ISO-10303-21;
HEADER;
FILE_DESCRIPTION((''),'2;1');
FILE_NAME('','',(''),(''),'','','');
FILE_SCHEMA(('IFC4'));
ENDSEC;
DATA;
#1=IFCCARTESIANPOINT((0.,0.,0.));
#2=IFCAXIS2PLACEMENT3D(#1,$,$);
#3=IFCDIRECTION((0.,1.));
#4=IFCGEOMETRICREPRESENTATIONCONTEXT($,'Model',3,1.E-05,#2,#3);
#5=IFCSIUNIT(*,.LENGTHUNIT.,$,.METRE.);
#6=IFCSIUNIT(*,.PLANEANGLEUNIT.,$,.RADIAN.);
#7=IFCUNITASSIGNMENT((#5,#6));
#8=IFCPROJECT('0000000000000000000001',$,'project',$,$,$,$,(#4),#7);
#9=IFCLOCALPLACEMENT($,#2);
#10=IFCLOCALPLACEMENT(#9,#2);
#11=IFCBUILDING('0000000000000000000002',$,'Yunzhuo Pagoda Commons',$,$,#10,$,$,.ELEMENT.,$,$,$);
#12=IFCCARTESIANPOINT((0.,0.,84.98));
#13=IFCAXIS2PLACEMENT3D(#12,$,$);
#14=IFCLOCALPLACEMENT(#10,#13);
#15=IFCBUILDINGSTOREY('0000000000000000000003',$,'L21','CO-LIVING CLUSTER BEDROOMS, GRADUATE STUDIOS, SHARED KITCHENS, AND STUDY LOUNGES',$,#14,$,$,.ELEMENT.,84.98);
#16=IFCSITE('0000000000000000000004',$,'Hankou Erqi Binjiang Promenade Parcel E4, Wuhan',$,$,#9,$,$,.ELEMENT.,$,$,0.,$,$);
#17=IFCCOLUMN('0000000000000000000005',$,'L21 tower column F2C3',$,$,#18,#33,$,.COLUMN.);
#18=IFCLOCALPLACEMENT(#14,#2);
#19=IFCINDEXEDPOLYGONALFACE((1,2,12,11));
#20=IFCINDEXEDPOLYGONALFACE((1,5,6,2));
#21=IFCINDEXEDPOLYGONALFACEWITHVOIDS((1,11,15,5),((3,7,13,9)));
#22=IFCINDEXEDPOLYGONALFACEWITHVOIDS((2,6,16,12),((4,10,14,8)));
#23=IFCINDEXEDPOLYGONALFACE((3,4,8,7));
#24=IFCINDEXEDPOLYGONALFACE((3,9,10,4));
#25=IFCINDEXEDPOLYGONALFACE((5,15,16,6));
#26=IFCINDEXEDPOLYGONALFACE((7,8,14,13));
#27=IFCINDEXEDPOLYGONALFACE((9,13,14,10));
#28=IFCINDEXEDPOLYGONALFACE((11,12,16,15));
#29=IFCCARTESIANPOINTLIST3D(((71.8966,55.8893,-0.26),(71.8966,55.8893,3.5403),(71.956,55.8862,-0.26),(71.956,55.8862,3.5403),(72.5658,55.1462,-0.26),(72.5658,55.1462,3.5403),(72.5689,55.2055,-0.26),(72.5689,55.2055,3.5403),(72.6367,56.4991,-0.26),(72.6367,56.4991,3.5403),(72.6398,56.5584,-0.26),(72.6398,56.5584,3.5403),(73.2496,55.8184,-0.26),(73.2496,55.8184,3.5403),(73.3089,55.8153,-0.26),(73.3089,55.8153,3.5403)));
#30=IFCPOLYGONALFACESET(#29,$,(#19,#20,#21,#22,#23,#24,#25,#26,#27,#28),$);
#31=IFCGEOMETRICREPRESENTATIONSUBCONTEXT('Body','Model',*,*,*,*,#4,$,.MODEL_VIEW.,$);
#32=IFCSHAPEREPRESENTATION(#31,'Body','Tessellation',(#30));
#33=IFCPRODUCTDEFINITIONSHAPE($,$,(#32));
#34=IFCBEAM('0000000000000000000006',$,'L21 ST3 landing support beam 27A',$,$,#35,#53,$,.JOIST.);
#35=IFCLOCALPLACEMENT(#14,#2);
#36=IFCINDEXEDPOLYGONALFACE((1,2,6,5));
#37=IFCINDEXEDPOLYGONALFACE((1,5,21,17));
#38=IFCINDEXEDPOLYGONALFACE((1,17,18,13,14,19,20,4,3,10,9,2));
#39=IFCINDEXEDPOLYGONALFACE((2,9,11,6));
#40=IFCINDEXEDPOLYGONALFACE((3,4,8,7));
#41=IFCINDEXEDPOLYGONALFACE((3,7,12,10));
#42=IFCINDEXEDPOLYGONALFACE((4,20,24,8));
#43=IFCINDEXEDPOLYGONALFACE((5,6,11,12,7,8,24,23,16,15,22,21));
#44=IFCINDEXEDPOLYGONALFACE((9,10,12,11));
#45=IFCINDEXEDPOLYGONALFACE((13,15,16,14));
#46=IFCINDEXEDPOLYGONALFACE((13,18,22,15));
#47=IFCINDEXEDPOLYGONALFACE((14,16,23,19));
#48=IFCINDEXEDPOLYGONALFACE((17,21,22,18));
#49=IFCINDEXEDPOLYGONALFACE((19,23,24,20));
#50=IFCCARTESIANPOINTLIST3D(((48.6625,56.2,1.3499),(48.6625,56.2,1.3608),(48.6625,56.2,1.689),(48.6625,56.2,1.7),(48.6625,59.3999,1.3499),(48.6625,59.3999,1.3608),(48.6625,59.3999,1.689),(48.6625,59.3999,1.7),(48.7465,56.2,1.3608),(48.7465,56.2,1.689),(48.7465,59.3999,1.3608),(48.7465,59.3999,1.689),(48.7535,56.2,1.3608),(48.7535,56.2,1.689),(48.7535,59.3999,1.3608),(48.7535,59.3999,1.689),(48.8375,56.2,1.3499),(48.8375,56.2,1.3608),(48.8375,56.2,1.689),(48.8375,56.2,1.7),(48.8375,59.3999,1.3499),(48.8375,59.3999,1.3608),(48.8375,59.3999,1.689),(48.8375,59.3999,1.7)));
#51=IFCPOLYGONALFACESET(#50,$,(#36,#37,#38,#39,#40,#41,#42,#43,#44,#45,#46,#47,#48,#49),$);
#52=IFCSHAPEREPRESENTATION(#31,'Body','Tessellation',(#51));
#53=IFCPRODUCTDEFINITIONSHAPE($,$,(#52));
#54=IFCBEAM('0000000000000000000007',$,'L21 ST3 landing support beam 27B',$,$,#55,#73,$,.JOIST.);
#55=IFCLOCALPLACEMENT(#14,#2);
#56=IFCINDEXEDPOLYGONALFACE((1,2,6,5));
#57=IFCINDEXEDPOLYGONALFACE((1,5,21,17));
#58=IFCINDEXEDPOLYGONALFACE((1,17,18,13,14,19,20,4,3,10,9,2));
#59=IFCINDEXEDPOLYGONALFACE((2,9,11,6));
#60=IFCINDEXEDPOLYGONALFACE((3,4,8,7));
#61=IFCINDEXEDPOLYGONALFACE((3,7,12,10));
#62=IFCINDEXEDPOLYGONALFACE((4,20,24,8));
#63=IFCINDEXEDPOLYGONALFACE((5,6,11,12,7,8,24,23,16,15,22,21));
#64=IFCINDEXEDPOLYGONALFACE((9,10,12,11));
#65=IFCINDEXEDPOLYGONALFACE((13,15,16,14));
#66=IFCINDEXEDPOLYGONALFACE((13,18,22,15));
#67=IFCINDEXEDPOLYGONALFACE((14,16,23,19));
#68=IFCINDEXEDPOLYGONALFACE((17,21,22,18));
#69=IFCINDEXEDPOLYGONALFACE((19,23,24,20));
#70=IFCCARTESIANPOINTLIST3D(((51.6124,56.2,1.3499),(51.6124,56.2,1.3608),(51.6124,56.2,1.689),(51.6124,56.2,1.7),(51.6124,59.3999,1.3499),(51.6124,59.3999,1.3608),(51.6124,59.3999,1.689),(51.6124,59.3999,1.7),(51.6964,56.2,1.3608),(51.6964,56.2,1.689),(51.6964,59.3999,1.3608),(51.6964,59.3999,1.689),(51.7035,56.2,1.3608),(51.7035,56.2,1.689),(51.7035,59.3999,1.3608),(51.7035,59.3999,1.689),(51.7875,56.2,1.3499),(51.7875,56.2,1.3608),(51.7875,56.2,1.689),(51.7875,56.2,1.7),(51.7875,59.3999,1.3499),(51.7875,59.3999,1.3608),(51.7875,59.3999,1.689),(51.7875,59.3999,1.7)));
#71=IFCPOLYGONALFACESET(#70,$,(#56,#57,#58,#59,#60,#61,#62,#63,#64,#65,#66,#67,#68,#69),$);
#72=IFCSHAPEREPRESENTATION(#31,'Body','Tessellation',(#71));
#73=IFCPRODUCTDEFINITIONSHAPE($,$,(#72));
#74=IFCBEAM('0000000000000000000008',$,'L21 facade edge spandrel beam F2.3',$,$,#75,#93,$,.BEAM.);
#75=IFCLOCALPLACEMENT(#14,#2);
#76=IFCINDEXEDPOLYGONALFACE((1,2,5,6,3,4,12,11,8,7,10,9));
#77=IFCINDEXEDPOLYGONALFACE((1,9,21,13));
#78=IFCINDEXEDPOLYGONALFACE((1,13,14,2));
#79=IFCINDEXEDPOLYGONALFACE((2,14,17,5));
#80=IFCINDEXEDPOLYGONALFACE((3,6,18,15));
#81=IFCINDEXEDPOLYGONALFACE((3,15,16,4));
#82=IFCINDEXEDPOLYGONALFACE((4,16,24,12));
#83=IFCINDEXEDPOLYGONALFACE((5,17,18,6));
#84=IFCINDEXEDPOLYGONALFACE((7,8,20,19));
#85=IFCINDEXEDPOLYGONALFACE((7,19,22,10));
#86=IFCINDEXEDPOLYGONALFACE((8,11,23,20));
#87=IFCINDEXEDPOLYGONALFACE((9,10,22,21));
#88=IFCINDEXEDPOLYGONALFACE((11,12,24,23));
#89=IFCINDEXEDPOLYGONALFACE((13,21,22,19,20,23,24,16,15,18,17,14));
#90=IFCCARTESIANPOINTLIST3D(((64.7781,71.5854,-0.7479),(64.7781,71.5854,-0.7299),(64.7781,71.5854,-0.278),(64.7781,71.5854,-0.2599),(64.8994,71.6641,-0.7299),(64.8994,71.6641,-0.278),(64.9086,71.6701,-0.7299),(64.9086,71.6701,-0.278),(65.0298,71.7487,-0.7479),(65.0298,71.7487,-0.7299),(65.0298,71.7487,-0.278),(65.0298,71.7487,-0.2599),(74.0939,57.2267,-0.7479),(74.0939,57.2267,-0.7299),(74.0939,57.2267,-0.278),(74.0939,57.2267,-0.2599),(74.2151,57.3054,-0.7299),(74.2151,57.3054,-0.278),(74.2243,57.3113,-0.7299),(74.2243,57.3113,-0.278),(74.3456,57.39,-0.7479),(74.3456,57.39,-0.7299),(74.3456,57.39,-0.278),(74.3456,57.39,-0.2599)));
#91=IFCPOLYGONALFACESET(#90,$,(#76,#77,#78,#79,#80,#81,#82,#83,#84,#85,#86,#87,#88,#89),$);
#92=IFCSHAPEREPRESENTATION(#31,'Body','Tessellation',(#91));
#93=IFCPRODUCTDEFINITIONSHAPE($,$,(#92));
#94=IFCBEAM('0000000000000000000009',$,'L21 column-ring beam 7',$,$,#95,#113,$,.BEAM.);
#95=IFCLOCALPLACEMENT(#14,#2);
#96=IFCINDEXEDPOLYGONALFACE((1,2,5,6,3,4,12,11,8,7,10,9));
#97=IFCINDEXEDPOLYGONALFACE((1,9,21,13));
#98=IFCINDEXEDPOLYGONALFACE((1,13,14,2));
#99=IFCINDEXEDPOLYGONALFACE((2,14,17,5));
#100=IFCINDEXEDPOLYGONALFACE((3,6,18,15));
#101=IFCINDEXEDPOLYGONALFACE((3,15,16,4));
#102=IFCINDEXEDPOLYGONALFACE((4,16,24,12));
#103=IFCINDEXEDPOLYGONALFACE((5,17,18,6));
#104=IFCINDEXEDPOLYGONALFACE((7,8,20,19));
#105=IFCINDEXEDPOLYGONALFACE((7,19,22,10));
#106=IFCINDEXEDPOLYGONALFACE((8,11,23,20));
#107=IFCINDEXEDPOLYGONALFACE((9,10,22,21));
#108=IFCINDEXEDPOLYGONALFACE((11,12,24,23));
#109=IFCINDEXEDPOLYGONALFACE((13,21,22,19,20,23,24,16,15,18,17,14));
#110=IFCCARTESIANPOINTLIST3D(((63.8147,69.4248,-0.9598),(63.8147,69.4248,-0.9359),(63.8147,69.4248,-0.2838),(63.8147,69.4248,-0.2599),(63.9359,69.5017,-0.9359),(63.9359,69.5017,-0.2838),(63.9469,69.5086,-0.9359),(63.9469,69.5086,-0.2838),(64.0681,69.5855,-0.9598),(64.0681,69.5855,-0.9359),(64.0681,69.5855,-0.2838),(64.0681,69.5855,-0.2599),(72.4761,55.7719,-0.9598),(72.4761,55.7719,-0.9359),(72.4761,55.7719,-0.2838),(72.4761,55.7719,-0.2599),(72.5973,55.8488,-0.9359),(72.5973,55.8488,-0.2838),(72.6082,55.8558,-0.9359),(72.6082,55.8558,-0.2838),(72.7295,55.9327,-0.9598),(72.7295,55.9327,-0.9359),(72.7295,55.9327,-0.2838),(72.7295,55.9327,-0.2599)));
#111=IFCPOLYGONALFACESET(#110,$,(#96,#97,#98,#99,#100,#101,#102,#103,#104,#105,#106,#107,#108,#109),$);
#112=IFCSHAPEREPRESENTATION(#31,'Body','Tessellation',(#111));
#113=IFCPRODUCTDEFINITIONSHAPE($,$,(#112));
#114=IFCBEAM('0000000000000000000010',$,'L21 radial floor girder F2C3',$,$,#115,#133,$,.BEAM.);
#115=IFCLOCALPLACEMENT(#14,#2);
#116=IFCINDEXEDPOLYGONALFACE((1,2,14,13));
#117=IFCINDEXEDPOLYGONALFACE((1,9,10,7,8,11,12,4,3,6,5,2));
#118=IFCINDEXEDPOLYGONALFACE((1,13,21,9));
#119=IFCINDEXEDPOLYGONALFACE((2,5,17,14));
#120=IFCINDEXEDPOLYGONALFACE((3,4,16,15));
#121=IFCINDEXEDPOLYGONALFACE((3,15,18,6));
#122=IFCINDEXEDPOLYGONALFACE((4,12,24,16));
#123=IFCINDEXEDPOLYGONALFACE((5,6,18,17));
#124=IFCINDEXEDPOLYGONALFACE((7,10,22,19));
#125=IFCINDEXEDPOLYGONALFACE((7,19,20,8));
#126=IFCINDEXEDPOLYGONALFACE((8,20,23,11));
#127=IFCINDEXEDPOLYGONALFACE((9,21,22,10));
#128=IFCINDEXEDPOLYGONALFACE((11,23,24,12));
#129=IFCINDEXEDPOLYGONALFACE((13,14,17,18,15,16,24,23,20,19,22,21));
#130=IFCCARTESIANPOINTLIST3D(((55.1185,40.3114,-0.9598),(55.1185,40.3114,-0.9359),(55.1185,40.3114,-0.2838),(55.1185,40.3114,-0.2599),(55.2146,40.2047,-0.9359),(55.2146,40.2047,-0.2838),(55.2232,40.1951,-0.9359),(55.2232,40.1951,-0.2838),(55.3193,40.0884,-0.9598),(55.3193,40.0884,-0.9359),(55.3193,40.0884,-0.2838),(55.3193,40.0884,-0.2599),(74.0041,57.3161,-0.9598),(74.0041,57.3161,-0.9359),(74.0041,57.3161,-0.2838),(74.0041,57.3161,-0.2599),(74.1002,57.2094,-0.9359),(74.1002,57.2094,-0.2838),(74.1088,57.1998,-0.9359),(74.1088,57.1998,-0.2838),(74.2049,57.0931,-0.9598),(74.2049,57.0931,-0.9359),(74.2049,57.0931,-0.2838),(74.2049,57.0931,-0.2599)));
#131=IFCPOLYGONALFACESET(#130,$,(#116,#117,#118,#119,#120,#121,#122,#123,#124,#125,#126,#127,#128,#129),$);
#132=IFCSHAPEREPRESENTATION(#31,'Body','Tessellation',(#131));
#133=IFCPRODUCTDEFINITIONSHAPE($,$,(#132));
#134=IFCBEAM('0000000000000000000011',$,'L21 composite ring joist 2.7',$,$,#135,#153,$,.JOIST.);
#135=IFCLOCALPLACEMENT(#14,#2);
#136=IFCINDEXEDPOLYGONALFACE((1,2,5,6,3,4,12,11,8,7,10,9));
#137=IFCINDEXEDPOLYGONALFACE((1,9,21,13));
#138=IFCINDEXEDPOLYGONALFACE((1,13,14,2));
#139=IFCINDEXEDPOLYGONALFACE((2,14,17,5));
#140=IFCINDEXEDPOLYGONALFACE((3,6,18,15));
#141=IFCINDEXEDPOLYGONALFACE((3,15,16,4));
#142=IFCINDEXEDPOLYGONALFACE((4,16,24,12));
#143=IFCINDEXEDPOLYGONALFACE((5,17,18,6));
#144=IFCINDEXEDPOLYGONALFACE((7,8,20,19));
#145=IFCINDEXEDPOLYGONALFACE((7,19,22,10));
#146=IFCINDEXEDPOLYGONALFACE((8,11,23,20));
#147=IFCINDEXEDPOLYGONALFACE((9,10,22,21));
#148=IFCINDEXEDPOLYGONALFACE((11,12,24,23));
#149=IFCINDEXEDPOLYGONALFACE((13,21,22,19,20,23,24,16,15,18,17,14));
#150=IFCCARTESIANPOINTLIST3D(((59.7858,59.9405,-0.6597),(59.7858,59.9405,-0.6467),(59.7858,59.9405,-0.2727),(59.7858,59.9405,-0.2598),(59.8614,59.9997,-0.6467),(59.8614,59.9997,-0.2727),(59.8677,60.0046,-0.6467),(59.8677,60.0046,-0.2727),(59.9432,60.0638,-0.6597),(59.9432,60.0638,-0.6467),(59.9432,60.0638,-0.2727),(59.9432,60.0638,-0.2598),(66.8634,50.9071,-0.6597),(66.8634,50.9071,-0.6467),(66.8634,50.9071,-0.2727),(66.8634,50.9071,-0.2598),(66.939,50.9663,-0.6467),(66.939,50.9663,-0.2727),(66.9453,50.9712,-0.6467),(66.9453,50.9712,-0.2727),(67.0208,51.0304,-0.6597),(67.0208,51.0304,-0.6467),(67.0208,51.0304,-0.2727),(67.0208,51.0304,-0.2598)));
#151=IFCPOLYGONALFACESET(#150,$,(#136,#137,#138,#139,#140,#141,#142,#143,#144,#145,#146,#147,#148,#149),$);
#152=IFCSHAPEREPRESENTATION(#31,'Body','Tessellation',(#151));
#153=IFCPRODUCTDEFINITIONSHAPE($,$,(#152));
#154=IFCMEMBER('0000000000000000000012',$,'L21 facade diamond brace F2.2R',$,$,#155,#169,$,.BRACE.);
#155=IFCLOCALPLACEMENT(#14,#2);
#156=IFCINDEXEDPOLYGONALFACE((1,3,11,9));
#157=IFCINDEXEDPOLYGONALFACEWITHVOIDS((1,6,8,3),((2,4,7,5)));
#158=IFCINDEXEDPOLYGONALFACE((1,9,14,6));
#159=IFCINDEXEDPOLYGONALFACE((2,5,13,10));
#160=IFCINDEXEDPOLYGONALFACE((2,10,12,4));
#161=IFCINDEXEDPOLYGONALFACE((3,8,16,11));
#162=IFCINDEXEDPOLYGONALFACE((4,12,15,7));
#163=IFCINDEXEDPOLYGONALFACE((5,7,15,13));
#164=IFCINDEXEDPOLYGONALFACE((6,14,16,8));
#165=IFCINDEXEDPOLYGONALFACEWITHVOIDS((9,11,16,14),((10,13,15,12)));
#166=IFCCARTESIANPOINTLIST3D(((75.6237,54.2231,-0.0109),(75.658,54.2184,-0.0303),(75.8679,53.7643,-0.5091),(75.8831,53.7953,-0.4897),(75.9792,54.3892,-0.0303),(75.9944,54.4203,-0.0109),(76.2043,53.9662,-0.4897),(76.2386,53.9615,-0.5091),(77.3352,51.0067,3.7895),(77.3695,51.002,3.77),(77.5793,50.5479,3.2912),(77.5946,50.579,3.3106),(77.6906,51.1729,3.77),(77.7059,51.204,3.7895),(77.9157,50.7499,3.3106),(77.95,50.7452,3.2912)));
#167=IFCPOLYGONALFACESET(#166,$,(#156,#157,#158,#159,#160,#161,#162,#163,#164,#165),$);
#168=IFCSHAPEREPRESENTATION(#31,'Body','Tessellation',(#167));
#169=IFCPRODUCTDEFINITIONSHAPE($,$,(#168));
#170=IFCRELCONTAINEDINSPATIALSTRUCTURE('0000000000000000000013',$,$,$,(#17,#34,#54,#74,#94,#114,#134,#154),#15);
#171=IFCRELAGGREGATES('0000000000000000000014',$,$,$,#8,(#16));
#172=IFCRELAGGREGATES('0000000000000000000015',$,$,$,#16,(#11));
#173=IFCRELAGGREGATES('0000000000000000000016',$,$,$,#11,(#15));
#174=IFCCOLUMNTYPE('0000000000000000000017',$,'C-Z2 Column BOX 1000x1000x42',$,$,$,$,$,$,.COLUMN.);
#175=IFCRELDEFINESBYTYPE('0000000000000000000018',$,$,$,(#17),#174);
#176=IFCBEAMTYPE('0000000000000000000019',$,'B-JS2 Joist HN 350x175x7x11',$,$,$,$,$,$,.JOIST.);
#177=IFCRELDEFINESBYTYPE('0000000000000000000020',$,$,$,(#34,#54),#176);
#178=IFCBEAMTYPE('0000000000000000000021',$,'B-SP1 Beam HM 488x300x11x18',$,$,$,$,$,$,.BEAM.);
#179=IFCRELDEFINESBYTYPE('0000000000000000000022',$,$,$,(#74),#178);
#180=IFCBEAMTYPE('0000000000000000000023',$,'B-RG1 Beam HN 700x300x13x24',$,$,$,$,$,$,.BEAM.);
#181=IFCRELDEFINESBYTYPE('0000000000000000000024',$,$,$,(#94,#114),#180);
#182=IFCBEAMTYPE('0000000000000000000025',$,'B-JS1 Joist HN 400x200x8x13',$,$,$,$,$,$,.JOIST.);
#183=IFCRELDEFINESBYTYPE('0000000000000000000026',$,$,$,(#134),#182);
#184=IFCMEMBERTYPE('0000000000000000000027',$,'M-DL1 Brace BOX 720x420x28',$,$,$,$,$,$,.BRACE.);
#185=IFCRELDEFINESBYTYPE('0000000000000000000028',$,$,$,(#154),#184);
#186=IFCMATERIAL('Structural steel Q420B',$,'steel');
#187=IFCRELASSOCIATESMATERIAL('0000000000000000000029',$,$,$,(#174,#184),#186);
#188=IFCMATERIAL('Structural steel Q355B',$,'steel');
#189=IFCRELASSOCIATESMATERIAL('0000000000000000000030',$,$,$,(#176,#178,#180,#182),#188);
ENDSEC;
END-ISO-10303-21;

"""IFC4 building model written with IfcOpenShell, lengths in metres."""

from ifc_helpers import new_model, si_unit, direction, frame, origin, origin_2d, place, context, subcontext, project, spatial, hollow_rectangle, i_section, extrude, source, transform, mapped, material, material_profile, profile_set, type_object, element, save


model = new_model("IFC4")

# Units and contexts
model_context = context("Model", 3, precision=1e-05, world=origin(), true_north=direction((0.0, 1.0)))
body_context = subcontext(model_context, "Body", "Model", "MODEL_VIEW")
ifc_project = project(units=[si_unit("LENGTHUNIT", "METRE"), si_unit("PLANEANGLEUNIT", "RADIAN")], contexts=[model_context])

# Site, building, storey
site_placement = place(None, origin())
site = spatial("IfcSite", under=ifc_project, at=site_placement, Name="Hankou Erqi Binjiang Promenade Parcel E4, Wuhan", CompositionType="ELEMENT", RefElevation=0.0)
building_placement = place(site_placement, origin())
building = spatial("IfcBuilding", under=site, at=building_placement, Name="Yunzhuo Pagoda Commons", CompositionType="ELEMENT")
storey_placement = place(building_placement, frame((0.0, 0.0, 84.98)))
storey = spatial("IfcBuildingStorey", under=building, at=storey_placement, Name="L21", Description="CO-LIVING CLUSTER BEDROOMS, GRADUATE STUDIOS, SHARED KITCHENS, AND STUDY LOUNGES", CompositionType="ELEMENT", Elevation=84.98)

# Column
ifc_material_1 = material(Name="Structural steel Q420B", Category="steel")
ifc_material_profile_1 = material_profile(ifc_material_1, hollow_rectangle(XDim=1.0, YDim=1.0, WallThickness=0.042, at=origin_2d()), Name="Structural steel Q420B")
ifc_profile_set_1 = profile_set([ifc_material_profile_1], Name="Structural steel Q420B")
column_type = type_object("IfcColumnType", Name="C-Z2 Column BOX 1000x1000x42", PredefinedType="COLUMN", material=ifc_profile_set_1)
shared_shape_1 = source(origin(), body_context, "Body", "SweptSolid", [
    extrude(hollow_rectangle(XDim=1.0, YDim=1.0, WallThickness=0.042, at=origin_2d()), origin(), (0.0, 0.0, 1.0), 3.8003),
])
column_placement = place(storey_placement, frame((72.6028, 55.8523, -0.26), z_axis=(0.0, 0.0, 1.0), x_axis=(-0.669131, 0.743145, 0.0)))
element("IfcColumn", 1, at=column_placement, inside=storey, type_object=column_type, Name="L21 tower column F2C3", PredefinedType="COLUMN", context=body_context, shape_type="MappedRepresentation", body=[
    mapped(shared_shape_1, transform((0.0, 0.0, 0.0), scale=1.0)),
])

# Beams
ifc_material_2 = material(Name="Structural steel Q355B", Category="steel")
ifc_material_profile_2 = material_profile(ifc_material_2, i_section(OverallWidth=0.175, OverallDepth=0.3501, WebThickness=0.0071, FlangeThickness=0.011, at=origin_2d()), Name="Structural steel Q355B")
ifc_profile_set_2 = profile_set([ifc_material_profile_2], Name="Structural steel Q355B")
beam_type_1 = type_object("IfcBeamType", Name="B-JS2 Joist HN 350x175x7x11", PredefinedType="JOIST", material=ifc_profile_set_2)
shared_shape_2 = source(origin(), body_context, "Body", "SweptSolid", [
    extrude(i_section(OverallWidth=0.175, OverallDepth=0.3501, WebThickness=0.0071, FlangeThickness=0.011, at=origin_2d()), origin(), (0.0, 0.0, 1.0), 3.2),
])
for number, where, z_axis, x_axis, name in (
    (2, (48.75, 56.2, 1.5249), (0.0, 1.0, 0.0), (-1.0, 0.0, 0.0), "L21 ST3 landing support beam 27A"),
    (3, (51.7, 56.2, 1.5249), (0.0, 1.0, 0.0), (-1.0, 0.0, 0.0), "L21 ST3 landing support beam 27B"),
):
    element("IfcBeam", number, at=place(storey_placement, frame(where, z_axis=z_axis, x_axis=x_axis)), inside=storey, type_object=beam_type_1, Name=name, PredefinedType="JOIST", context=body_context, shape_type="MappedRepresentation", body=[
        mapped(shared_shape_2, transform((0.0, 0.0, 0.0), scale=1.0)),
    ])
ifc_material_profile_3 = material_profile(ifc_material_2, i_section(OverallWidth=0.3, OverallDepth=0.488, WebThickness=0.011, FlangeThickness=0.0181, at=origin_2d()), Name="Structural steel Q355B")
ifc_profile_set_3 = profile_set([ifc_material_profile_3], Name="Structural steel Q355B")
beam_type_2 = type_object("IfcBeamType", Name="B-SP1 Beam HM 488x300x11x18", PredefinedType="BEAM", material=ifc_profile_set_3)
shared_shape_3 = source(origin(), body_context, "Body", "SweptSolid", [
    extrude(i_section(OverallWidth=0.3, OverallDepth=0.488, WebThickness=0.011, FlangeThickness=0.0181, at=origin_2d()), origin(), (0.0, 0.0, 1.0), 17.116),
])
beam_1_placement = place(storey_placement, frame((74.2197, 57.3083, -0.5039), z_axis=(-0.544272, 0.838909, 0.0), x_axis=(-0.838909, -0.544272, 0.0)))
element("IfcBeam", 4, at=beam_1_placement, inside=storey, type_object=beam_type_2, Name="L21 facade edge spandrel beam F2.3", PredefinedType="BEAM", context=body_context, shape_type="MappedRepresentation", body=[
    mapped(shared_shape_3, transform((0.0, 0.0, 0.0), scale=1.0)),
])
ifc_material_profile_4 = material_profile(ifc_material_2, i_section(OverallWidth=0.3, OverallDepth=0.7, WebThickness=0.0129, FlangeThickness=0.0239, at=origin_2d()), Name="Structural steel Q355B")
ifc_profile_set_4 = profile_set([ifc_material_profile_4], Name="Structural steel Q355B")
beam_type_3 = type_object("IfcBeamType", Name="B-RG1 Beam HN 700x300x13x24", PredefinedType="BEAM", material=ifc_profile_set_4)
shared_shape_4 = source(origin(), body_context, "Body", "SweptSolid", [
    extrude(i_section(OverallWidth=0.3, OverallDepth=0.7, WebThickness=0.0129, FlangeThickness=0.0239, at=origin_2d()), origin(), (0.0, 0.0, 1.0), 16.1685),
])
beam_2_placement = place(storey_placement, frame((72.6028, 55.8523, -0.6099), z_axis=(-0.535696, 0.844411, 0.0), x_axis=(-0.844411, -0.535696, 0.0)))
element("IfcBeam", 5, at=beam_2_placement, inside=storey, type_object=beam_type_3, Name="L21 column-ring beam 7", PredefinedType="BEAM", context=body_context, shape_type="MappedRepresentation", body=[
    mapped(shared_shape_4, transform((0.0, 0.0, 0.0), scale=1.0)),
])
shared_shape_5 = source(origin(), body_context, "Body", "SweptSolid", [
    extrude(i_section(OverallWidth=0.3, OverallDepth=0.7, WebThickness=0.0129, FlangeThickness=0.0239, at=origin_2d()), origin(), (0.0, 0.0, 1.0), 25.4131),
])
beam_3_placement = place(storey_placement, frame((74.1045, 57.2046, -0.6099), z_axis=(-0.743144, -0.669132, 0.0), x_axis=(0.669132, -0.743144, 0.0)))
element("IfcBeam", 6, at=beam_3_placement, inside=storey, type_object=beam_type_3, Name="L21 radial floor girder F2C3", PredefinedType="BEAM", context=body_context, shape_type="MappedRepresentation", body=[
    mapped(shared_shape_5, transform((0.0, 0.0, 0.0), scale=1.0)),
])
ifc_material_profile_5 = material_profile(ifc_material_2, i_section(OverallWidth=0.2, OverallDepth=0.3999, WebThickness=0.0081, FlangeThickness=0.0129, at=origin_2d()), Name="Structural steel Q355B")
ifc_profile_set_5 = profile_set([ifc_material_profile_5], Name="Structural steel Q355B")
beam_type_4 = type_object("IfcBeamType", Name="B-JS1 Joist HN 400x200x8x13", PredefinedType="JOIST", material=ifc_profile_set_5)
shared_shape_6 = source(origin(), body_context, "Body", "SweptSolid", [
    extrude(i_section(OverallWidth=0.2, OverallDepth=0.3999, WebThickness=0.0081, FlangeThickness=0.0129, at=origin_2d()), origin(), (0.0, 0.0, 1.0), 11.4758),
])
beam_4_placement = place(storey_placement, frame((66.9421, 50.9688, -0.4597), z_axis=(-0.61674, 0.787167, 0.0), x_axis=(-0.787167, -0.61674, 0.0)))
element("IfcBeam", 7, at=beam_4_placement, inside=storey, type_object=beam_type_4, Name="L21 composite ring joist 2.7", PredefinedType="JOIST", context=body_context, shape_type="MappedRepresentation", body=[
    mapped(shared_shape_6, transform((0.0, 0.0, 0.0), scale=1.0)),
])

# Member
ifc_material_profile_6 = material_profile(ifc_material_1, hollow_rectangle(XDim=0.4199, YDim=0.72, WallThickness=0.0281, at=origin_2d()), Name="Structural steel Q420B")
ifc_profile_set_6 = profile_set([ifc_material_profile_6], Name="Structural steel Q420B")
member_type_1 = type_object("IfcMemberType", Name="M-DL1 Brace BOX 720x420x28", PredefinedType="BRACE", material=ifc_profile_set_6)
shared_shape_7 = source(origin(), body_context, "Body", "SweptSolid", [
    extrude(hollow_rectangle(XDim=0.4199, YDim=0.72, WallThickness=0.0281, at=origin_2d()), origin(), (0.0, 0.0, 1.0), 5.2646),
])
member_1_placement = place(storey_placement, frame((75.9312, 54.0923, -0.26), z_axis=(0.325083, -0.610933, 0.72186), x_axis=(0.882801, 0.469746, 0.0)))
element("IfcMember", 8, at=member_1_placement, inside=storey, type_object=member_type_1, Name="L21 facade diamond brace F2.2R", PredefinedType="BRACE", context=body_context, shape_type="MappedRepresentation", body=[
    mapped(shared_shape_7, transform((0.0, 0.0, 0.0), scale=1.0)),
])

save(model, "model.ifc")
